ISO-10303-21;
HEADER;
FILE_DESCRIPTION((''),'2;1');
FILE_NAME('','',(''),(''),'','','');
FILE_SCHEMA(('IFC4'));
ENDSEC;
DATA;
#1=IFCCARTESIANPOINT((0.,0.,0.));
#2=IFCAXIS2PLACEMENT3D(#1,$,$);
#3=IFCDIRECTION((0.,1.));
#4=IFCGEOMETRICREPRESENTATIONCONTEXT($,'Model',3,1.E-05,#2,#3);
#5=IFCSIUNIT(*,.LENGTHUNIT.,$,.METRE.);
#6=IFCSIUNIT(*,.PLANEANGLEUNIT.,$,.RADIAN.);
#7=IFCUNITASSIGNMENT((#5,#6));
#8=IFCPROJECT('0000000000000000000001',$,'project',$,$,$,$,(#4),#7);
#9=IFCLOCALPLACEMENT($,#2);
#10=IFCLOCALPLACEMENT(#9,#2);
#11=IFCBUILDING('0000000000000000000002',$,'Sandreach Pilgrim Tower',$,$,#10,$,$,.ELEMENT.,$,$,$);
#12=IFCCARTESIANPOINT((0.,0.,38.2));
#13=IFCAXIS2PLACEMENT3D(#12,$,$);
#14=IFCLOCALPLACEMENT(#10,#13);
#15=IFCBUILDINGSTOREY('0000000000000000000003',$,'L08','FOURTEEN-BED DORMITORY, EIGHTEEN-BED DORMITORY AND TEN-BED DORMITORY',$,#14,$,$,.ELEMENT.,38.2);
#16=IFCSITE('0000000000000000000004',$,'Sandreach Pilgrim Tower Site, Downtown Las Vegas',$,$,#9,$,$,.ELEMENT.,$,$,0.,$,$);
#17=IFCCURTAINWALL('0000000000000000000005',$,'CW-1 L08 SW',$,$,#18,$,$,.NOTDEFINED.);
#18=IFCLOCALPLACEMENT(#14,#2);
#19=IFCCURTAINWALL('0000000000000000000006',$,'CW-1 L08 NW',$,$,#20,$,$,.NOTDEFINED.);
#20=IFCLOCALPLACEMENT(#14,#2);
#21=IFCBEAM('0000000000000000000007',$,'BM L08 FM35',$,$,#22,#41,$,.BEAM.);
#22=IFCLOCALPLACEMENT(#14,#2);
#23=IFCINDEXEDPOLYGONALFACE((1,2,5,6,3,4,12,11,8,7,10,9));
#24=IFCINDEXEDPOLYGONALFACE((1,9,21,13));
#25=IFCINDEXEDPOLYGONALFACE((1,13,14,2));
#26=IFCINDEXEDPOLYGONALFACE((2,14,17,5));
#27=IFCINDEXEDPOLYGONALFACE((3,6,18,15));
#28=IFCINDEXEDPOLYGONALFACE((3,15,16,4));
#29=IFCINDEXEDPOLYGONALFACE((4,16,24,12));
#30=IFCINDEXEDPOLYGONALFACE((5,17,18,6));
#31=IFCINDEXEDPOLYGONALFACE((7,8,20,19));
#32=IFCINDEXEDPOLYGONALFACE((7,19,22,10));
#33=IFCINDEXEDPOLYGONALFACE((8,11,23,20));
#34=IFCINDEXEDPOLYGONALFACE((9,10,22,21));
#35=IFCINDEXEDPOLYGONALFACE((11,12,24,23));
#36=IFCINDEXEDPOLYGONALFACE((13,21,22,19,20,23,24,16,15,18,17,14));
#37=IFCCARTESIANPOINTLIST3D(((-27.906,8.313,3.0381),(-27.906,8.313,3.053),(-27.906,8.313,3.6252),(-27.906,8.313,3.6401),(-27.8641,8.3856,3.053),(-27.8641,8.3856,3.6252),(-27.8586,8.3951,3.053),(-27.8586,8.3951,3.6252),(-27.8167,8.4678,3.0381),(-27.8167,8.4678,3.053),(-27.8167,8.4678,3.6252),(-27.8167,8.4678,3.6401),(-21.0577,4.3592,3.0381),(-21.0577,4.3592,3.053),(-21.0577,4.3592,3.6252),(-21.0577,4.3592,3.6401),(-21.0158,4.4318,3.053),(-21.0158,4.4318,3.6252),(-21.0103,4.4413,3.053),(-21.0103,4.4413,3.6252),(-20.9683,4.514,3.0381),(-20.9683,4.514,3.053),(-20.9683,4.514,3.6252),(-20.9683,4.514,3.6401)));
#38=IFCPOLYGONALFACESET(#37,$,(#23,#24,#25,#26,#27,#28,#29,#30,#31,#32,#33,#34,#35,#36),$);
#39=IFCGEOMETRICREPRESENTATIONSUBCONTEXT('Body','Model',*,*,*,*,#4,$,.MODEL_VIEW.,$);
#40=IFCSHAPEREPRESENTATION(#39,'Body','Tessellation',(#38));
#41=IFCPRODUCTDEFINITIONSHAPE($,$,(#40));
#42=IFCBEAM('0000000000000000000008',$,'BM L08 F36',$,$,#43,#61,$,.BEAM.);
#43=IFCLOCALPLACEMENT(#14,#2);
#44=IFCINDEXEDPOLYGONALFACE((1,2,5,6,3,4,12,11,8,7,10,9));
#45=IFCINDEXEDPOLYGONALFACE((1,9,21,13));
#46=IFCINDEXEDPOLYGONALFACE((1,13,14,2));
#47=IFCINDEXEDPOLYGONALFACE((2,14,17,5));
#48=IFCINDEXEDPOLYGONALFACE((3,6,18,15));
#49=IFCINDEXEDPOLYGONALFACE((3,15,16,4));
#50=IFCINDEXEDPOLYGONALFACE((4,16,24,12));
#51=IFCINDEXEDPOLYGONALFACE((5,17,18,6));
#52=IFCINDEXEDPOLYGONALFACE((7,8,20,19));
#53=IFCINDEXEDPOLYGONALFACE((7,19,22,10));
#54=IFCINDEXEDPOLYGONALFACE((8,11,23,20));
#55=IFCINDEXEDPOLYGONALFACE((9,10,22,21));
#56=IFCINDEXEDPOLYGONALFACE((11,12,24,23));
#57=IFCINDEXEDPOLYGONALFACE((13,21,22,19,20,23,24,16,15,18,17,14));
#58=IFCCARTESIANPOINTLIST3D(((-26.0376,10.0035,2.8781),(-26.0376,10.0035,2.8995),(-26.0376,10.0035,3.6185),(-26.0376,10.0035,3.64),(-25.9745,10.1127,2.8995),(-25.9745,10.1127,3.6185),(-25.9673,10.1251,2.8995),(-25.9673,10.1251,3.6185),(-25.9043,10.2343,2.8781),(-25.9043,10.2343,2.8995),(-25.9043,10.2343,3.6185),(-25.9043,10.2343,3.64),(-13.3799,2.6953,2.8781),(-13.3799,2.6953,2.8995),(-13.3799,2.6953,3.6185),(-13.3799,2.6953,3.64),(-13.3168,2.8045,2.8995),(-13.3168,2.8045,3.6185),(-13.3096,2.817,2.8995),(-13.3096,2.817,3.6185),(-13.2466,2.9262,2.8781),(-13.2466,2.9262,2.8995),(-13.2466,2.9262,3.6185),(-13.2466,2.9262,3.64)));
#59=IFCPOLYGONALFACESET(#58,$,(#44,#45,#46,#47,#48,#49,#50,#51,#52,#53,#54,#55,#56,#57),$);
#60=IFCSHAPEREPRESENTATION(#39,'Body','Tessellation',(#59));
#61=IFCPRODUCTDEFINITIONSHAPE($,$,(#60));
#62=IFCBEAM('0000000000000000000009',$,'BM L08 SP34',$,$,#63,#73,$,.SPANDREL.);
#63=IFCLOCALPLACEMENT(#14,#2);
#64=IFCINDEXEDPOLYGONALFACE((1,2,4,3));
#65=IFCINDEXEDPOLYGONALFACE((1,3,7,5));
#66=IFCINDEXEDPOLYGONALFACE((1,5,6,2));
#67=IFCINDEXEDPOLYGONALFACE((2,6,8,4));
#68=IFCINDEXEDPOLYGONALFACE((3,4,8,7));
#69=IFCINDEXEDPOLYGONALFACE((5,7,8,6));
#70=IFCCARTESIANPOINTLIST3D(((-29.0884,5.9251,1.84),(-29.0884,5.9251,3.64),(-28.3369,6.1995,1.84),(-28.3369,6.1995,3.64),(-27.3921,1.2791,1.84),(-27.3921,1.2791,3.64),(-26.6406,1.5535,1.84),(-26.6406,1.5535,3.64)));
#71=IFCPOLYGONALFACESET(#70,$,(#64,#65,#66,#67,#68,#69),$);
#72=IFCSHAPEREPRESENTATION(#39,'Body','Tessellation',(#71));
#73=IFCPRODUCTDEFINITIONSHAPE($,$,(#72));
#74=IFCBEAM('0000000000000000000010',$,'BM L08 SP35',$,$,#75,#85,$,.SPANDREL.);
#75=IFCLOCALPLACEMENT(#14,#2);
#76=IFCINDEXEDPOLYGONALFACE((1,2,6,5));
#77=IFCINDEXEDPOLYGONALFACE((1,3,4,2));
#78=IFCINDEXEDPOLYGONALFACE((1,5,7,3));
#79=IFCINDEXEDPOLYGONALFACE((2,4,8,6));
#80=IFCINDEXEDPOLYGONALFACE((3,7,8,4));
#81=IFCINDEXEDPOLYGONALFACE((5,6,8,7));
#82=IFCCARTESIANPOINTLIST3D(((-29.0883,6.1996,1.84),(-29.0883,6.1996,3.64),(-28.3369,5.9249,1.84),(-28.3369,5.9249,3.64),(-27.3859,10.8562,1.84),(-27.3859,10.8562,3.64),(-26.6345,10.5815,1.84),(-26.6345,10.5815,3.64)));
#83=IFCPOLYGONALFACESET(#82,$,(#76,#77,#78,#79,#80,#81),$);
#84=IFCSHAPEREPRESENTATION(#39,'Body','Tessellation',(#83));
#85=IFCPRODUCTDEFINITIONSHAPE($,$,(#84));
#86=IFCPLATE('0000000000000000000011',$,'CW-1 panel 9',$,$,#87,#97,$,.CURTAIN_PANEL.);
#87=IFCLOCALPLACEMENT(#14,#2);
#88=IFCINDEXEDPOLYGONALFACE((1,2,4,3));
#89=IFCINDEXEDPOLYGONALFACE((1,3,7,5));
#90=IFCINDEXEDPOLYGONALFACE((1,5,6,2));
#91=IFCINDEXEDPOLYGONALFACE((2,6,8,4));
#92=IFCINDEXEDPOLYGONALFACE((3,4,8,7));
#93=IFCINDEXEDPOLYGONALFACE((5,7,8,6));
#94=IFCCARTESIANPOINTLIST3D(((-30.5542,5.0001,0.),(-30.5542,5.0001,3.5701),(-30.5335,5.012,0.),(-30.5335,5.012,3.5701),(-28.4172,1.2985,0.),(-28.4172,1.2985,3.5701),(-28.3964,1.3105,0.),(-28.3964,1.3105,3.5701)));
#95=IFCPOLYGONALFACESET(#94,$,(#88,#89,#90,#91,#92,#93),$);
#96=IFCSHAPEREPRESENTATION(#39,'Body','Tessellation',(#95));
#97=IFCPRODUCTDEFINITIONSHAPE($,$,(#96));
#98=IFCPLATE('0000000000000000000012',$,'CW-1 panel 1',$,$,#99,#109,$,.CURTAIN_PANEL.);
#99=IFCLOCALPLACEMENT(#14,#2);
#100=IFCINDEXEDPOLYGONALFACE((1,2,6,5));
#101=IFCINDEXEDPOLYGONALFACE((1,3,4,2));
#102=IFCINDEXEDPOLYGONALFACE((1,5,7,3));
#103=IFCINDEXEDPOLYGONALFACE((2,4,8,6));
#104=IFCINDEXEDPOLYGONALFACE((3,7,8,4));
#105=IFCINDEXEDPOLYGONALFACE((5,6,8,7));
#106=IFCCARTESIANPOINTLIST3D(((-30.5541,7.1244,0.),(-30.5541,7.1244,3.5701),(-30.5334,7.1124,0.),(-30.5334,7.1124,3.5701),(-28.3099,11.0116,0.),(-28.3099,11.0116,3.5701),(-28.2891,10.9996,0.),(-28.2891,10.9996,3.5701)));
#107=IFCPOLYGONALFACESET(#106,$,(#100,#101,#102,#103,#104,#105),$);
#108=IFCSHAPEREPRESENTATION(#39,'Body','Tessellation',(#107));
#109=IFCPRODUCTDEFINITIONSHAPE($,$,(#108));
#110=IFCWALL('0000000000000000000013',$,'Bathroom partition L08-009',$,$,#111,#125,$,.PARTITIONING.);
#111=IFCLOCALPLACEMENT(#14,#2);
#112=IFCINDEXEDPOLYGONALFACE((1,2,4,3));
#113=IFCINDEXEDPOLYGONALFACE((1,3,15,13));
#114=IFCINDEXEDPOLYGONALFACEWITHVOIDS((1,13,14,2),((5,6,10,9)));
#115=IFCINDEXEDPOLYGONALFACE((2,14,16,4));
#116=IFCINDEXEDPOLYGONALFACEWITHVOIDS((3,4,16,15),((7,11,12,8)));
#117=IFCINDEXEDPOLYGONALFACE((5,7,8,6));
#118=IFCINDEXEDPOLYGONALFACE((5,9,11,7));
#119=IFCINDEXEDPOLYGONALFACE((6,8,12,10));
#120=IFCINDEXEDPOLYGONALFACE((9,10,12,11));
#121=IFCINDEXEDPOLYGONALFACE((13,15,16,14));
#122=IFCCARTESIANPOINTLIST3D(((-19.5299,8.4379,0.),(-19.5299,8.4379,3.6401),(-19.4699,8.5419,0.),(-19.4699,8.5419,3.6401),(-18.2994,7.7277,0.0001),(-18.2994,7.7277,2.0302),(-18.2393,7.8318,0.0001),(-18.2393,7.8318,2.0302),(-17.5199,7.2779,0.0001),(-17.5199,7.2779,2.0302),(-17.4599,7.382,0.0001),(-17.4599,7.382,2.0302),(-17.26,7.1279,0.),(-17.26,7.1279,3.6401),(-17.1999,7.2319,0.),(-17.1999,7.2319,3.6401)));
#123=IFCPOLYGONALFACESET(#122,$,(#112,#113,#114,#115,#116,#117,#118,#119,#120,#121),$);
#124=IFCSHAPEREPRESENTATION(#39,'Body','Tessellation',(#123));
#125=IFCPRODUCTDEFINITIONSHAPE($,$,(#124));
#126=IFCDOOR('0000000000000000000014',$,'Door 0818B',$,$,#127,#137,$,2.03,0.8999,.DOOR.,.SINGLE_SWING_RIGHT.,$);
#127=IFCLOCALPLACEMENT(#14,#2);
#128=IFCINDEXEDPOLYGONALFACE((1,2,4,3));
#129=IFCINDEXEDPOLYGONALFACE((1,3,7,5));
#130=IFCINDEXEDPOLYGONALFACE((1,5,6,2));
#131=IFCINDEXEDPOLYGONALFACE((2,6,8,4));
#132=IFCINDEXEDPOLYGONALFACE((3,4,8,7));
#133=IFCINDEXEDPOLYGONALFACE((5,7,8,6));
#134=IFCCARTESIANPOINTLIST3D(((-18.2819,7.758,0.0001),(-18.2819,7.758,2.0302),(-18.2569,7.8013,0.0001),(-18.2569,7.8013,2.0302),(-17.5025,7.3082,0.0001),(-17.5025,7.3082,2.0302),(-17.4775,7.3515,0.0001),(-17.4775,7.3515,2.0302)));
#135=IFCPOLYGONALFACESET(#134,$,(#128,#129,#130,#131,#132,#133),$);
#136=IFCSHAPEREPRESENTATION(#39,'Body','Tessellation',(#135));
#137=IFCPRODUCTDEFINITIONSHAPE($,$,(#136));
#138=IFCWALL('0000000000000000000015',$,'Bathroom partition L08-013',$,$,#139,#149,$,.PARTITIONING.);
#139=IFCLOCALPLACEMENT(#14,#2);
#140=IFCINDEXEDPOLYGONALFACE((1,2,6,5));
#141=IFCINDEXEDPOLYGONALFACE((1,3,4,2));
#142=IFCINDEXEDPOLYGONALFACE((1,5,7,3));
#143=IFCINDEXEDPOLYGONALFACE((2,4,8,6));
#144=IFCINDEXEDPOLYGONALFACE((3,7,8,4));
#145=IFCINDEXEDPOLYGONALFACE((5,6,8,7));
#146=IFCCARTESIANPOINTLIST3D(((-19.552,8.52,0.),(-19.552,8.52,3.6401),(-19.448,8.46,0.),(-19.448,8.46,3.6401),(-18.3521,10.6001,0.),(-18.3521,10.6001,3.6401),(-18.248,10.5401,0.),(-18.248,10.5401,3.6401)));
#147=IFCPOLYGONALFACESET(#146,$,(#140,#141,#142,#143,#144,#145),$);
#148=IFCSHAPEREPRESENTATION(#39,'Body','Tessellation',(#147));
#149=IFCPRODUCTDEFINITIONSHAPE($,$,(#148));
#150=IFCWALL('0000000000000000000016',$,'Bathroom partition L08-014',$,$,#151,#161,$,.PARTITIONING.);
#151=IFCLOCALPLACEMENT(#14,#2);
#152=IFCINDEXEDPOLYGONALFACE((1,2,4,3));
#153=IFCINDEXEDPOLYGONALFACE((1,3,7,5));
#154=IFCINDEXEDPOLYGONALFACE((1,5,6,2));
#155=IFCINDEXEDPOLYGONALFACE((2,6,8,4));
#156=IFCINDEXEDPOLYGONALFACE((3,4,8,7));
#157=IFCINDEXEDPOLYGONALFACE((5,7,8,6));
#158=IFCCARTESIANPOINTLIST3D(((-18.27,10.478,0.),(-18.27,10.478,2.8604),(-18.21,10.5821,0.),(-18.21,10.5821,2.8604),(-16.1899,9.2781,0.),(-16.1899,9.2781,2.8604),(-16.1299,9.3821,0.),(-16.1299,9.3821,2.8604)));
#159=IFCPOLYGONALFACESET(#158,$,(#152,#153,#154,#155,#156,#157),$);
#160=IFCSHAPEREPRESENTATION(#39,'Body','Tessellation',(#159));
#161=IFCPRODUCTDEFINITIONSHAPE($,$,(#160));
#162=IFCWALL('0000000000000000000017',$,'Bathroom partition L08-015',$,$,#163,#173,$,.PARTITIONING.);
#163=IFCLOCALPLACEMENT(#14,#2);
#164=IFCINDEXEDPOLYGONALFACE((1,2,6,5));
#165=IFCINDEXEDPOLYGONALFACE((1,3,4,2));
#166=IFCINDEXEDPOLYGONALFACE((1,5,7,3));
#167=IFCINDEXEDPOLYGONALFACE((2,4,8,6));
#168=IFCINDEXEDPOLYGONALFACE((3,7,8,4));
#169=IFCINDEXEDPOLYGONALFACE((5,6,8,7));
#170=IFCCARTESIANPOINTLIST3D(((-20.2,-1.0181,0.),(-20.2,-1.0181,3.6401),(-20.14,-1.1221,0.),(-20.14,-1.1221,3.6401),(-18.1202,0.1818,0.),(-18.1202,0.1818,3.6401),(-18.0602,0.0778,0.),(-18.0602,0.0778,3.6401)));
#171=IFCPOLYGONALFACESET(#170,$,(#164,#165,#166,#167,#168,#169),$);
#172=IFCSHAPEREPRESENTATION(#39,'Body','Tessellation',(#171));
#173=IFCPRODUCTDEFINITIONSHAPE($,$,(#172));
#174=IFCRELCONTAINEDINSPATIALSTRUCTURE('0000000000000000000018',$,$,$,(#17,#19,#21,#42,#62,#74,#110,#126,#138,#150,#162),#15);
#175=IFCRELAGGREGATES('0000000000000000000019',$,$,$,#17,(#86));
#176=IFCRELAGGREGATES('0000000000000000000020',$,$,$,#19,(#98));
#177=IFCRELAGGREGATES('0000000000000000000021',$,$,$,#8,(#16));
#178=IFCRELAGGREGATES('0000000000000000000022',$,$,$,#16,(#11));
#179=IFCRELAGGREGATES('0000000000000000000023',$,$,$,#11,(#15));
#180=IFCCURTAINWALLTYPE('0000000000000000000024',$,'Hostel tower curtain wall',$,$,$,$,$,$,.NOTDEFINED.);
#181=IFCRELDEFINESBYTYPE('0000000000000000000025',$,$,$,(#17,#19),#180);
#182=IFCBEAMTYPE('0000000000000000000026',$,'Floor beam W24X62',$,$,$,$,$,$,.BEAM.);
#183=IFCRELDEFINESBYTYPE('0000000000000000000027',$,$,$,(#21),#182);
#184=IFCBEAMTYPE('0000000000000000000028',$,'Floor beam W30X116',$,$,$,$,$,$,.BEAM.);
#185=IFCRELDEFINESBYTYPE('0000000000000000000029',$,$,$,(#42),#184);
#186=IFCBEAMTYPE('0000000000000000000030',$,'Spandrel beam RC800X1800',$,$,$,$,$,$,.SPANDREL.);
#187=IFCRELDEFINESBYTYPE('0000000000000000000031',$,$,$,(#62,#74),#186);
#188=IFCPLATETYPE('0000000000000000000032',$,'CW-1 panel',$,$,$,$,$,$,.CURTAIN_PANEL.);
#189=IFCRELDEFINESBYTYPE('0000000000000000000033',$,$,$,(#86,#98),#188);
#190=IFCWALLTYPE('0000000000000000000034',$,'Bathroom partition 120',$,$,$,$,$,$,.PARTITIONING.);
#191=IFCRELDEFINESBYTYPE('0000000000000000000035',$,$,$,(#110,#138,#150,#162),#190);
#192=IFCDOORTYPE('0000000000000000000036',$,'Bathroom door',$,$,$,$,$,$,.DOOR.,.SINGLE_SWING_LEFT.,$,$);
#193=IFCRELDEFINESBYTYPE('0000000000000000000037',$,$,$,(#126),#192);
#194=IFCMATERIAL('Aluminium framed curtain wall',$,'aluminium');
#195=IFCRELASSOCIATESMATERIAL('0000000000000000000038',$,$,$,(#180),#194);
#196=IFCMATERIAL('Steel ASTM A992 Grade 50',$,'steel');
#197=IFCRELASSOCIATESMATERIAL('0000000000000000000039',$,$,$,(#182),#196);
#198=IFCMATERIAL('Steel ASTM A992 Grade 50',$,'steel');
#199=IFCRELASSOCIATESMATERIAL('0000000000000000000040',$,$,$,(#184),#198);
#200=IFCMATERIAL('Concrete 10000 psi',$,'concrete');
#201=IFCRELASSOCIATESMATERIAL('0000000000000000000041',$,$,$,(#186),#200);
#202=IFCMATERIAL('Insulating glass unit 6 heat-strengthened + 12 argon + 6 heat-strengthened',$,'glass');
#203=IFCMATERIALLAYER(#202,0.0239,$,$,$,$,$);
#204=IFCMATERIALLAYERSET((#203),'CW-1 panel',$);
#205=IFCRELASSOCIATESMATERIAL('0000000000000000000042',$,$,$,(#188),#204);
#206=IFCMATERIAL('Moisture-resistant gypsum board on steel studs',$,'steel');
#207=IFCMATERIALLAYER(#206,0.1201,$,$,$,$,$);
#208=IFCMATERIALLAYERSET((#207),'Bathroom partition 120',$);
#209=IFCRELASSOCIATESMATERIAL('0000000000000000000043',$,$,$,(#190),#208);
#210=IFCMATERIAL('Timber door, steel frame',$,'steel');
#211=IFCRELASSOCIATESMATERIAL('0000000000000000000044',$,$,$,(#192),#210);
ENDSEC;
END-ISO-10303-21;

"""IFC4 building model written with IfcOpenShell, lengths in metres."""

from ifc_helpers import new_model, si_unit, direction, frame, frame_2d, origin, origin_2d, place, context, subcontext, project, spatial, rectangle, i_section, extrude, material, layer, layer_set, material_profile, profile_set, type_object, element, fill, aggregate, save


model = new_model("IFC4")

# Units and contexts
model_context = context("Model", 3, precision=1e-05, world=origin(), true_north=direction((0.0, 1.0)))
body_context = subcontext(model_context, "Body", "Model", "MODEL_VIEW")
ifc_project = project(units=[si_unit("LENGTHUNIT", "METRE"), si_unit("PLANEANGLEUNIT", "RADIAN")], contexts=[model_context])

# Site, building, storey
site_placement = place(None, origin())
site = spatial("IfcSite", under=ifc_project, at=site_placement, Name="Sandreach Pilgrim Tower Site, Downtown Las Vegas", CompositionType="ELEMENT", RefElevation=0.0)
building_placement = place(site_placement, origin())
building = spatial("IfcBuilding", under=site, at=building_placement, Name="Sandreach Pilgrim Tower", CompositionType="ELEMENT")
storey_placement = place(building_placement, frame((0.0, 0.0, 38.2)))
storey = spatial("IfcBuildingStorey", under=building, at=storey_placement, Name="L08", Description="FOURTEEN-BED DORMITORY, EIGHTEEN-BED DORMITORY AND TEN-BED DORMITORY", CompositionType="ELEMENT", Elevation=38.2)

# Curtain wall
ifc_material_1 = material(Name="Aluminium framed curtain wall", Category="aluminium")
curtain_wall_type = type_object("IfcCurtainWallType", Name="Hostel tower curtain wall", PredefinedType="NOTDEFINED", material=ifc_material_1)
curtain_wall_1_placement = place(storey_placement, origin())
curtain_wall_1 = element("IfcCurtainWall", 1, at=curtain_wall_1_placement, inside=storey, type_object=curtain_wall_type, Name="CW-1 L08 SW", PredefinedType="NOTDEFINED")

# Curtain wall
curtain_wall_2_placement = place(storey_placement, origin())
curtain_wall_2 = element("IfcCurtainWall", 2, at=curtain_wall_2_placement, inside=storey, type_object=curtain_wall_type, Name="CW-1 L08 NW", PredefinedType="NOTDEFINED")

# Beams
ifc_material_2 = material(Name="Steel ASTM A992 Grade 50", Category="steel")
ifc_material_profile_1 = material_profile(ifc_material_2, i_section(OverallWidth=0.1787, OverallDepth=0.6021, WebThickness=0.011, FlangeThickness=0.0149, at=origin_2d()), Name="W24X62")
ifc_profile_set_1 = profile_set([ifc_material_profile_1], Name="Steel ASTM A992 Grade 50")
beam_type_1 = type_object("IfcBeamType", Name="Floor beam W24X62", PredefinedType="BEAM", material=ifc_profile_set_1)
beam_1_placement = place(storey_placement, frame((-27.8613, 8.3904, 3.3391), z_axis=(0.866029, -0.499994, 0.0), x_axis=(0.499994, 0.866029, 0.0)))
element("IfcBeam", 3, at=beam_1_placement, inside=storey, type_object=beam_type_1, Name="BM L08 FM35", PredefinedType="BEAM", context=body_context, shape_type="SweptSolid", body=[
    extrude(i_section(OverallWidth=0.1787, OverallDepth=0.6021, WebThickness=0.011, FlangeThickness=0.0149, at=origin_2d()), origin(), (0.0, 0.0, 1.0), 7.9077),
])
ifc_material_3 = material(Name="Steel ASTM A992 Grade 50", Category="steel")
ifc_material_profile_2 = material_profile(ifc_material_3, i_section(OverallWidth=0.2666, OverallDepth=0.762, WebThickness=0.0144, FlangeThickness=0.0215, at=origin_2d()), Name="W30X116")
ifc_profile_set_2 = profile_set([ifc_material_profile_2], Name="Steel ASTM A992 Grade 50")
beam_type_2 = type_object("IfcBeamType", Name="Floor beam W30X116", PredefinedType="BEAM", material=ifc_profile_set_2)
beam_2_placement = place(storey_placement, frame((-25.9709, 10.1189, 3.259), z_axis=(0.86602, -0.500009, 0.0), x_axis=(0.500009, 0.86602, 0.0)))
element("IfcBeam", 4, at=beam_2_placement, inside=storey, type_object=beam_type_2, Name="BM L08 F36", PredefinedType="BEAM", context=body_context, shape_type="SweptSolid", body=[
    extrude(i_section(OverallWidth=0.2666, OverallDepth=0.762, WebThickness=0.0144, FlangeThickness=0.0215, at=origin_2d()), origin(), (0.0, 0.0, 1.0), 14.616),
])
ifc_material_4 = material(Name="Concrete 10000 psi", Category="concrete")
ifc_material_profile_3 = material_profile(ifc_material_4, rectangle(XDim=0.8, YDim=1.8, at=origin_2d()), Name="RC800X1800")
ifc_profile_set_3 = profile_set([ifc_material_profile_3], Name="Concrete 10000 psi")
beam_type_3 = type_object("IfcBeamType", Name="Spandrel beam RC800X1800", PredefinedType="SPANDREL", material=ifc_profile_set_3)
beam_3_placement = place(storey_placement, frame((-27.0164, 1.4163, 2.74), z_axis=(-0.342963, 0.939349, 0.0), x_axis=(-0.939349, -0.342963, 0.0)))
element("IfcBeam", 5, at=beam_3_placement, inside=storey, type_object=beam_type_3, Name="BM L08 SP34", PredefinedType="SPANDREL", context=body_context, shape_type="SweptSolid", body=[
    extrude(rectangle(XDim=0.8, YDim=1.8, at=origin_2d()), origin(), (0.0, 0.0, 1.0), 4.946),
])
beam_4_placement = place(storey_placement, frame((-28.7126, 6.0623, 2.74), z_axis=(0.343368, 0.939201, 0.0), x_axis=(-0.939201, 0.343368, 0.0)))
element("IfcBeam", 6, at=beam_4_placement, inside=storey, type_object=beam_type_3, Name="BM L08 SP35", PredefinedType="SPANDREL", context=body_context, shape_type="SweptSolid", body=[
    extrude(rectangle(XDim=0.8, YDim=1.8, at=origin_2d()), origin(), (0.0, 0.0, 1.0), 4.958),
])

# Plates
ifc_material_5 = material(Name="Insulating glass unit 6 heat-strengthened + 12 argon + 6 heat-strengthened", Category="glass")
ifc_layer_1 = layer(ifc_material_5, 0.0239)
ifc_layer_set_1 = layer_set([ifc_layer_1], Name="CW-1 panel")
plate_type = type_object("IfcPlateType", Name="CW-1 panel", PredefinedType="CURTAIN_PANEL", material=ifc_layer_set_1)
plate_1_placement = place(storey_placement, frame((-29.4753, 3.1553, 0.0), z_axis=(0.0, 0.0, 1.0), x_axis=(-0.5, 0.866025, 0.0)))
plate_1 = element("IfcPlate", 7, at=plate_1_placement, type_object=plate_type, Name="CW-1 panel 9", PredefinedType="CURTAIN_PANEL", context=body_context, shape_type="SweptSolid", body=[
    extrude(rectangle(XDim=4.2742, YDim=0.0239, at=origin_2d()), origin(), (0.0, 0.0, 1.0), 3.5701),
])
aggregate(curtain_wall_1, [plate_1])
plate_2_placement = place(storey_placement, frame((-29.4216, 9.062, 0.0), z_axis=(0.0, 0.0, 1.0), x_axis=(0.5, 0.866025, 0.0)))
plate_2 = element("IfcPlate", 8, at=plate_2_placement, type_object=plate_type, Name="CW-1 panel 1", PredefinedType="CURTAIN_PANEL", context=body_context, shape_type="SweptSolid", body=[
    extrude(rectangle(XDim=4.4885, YDim=0.0239, at=origin_2d()), origin(), (0.0, 0.0, 1.0), 3.5701),
])
aggregate(curtain_wall_2, [plate_2])

# Wall, opening, door
ifc_material_6 = material(Name="Moisture-resistant gypsum board on steel studs", Category="steel")
ifc_layer_2 = layer(ifc_material_6, 0.1201)
ifc_layer_set_2 = layer_set([ifc_layer_2], Name="Bathroom partition 120")
wall_type_1 = type_object("IfcWallType", Name="Bathroom partition 120", PredefinedType="PARTITIONING", material=ifc_layer_set_2)
wall_1_placement = place(storey_placement, frame((-19.5, 8.49, 0.0), z_axis=(0.0, 0.0, 1.0), x_axis=(0.866114, -0.499846, 0.0)))
wall_1 = element("IfcWall", 9, at=wall_1_placement, inside=storey, type_object=wall_type_1, Name="Bathroom partition L08-009", PredefinedType="PARTITIONING", context=body_context, shape_type="SweptSolid", body=[
    extrude(rectangle(XDim=2.6208, YDim=0.1201, at=frame_2d((1.3105, 0.0))), origin(), (0.0, 0.0, 1.0), 3.6401),
])
opening_1_placement = place(wall_1_placement, frame((1.4209, 0.0, 0.0)))
opening_1 = element("IfcOpeningElement", 10, at=opening_1_placement, cuts=wall_1, PredefinedType="OPENING", context=body_context, shape_type="SweptSolid", body=[
    extrude(rectangle(XDim=0.8999, YDim=2.03, at=frame_2d((0.45, 1.0151))), frame((0.0, 0.0601, 0.0), z_axis=(0.0, -1.0, 0.0), x_axis=(1.0, 0.0, 0.0)), (0.0, 0.0, 1.0), 0.1201),
])
ifc_material_7 = material(Name="Timber door, steel frame", Category="steel")
door_type_1 = type_object("IfcDoorType", Name="Bathroom door", OperationType="SINGLE_SWING_LEFT", PredefinedType="DOOR", material=ifc_material_7)
door_1_placement = place(opening_1_placement, origin())
door_1 = element("IfcDoor", 11, at=door_1_placement, inside=storey, type_object=door_type_1, Name="Door 0818B", OperationType="SINGLE_SWING_RIGHT", OverallHeight=2.03, OverallWidth=0.8999, PredefinedType="DOOR", context=body_context, shape_type="SweptSolid", body=[
    extrude(rectangle(XDim=0.8999, YDim=2.03, at=frame_2d((0.45, 1.0151))), frame((0.0, 0.0249, 0.0), z_axis=(0.0, -1.0, 0.0), x_axis=(1.0, 0.0, 0.0)), (0.0, 0.0, 1.0), 0.05),
])
fill(opening_1, door_1)

# Walls
wall_2_placement = place(storey_placement, frame((-18.3, 10.5701, 0.0), z_axis=(0.0, 0.0, 1.0), x_axis=(-0.499693, -0.866203, 0.0)))
element("IfcWall", 12, at=wall_2_placement, inside=storey, type_object=wall_type_1, Name="Bathroom partition L08-013", PredefinedType="PARTITIONING", context=body_context, shape_type="SweptSolid", body=[
    extrude(rectangle(XDim=2.4014, YDim=0.1201, at=frame_2d((1.2007, 0.0))), origin(), (0.0, 0.0, 1.0), 3.6401),
])
wall_3_placement = place(storey_placement, frame((-18.24, 10.53, 0.0), z_axis=(0.0, 0.0, 1.0), x_axis=(0.866203, -0.499693, 0.0)))
element("IfcWall", 13, at=wall_3_placement, inside=storey, type_object=wall_type_1, Name="Bathroom partition L08-014", PredefinedType="PARTITIONING", context=body_context, shape_type="SweptSolid", body=[
    extrude(rectangle(XDim=2.4014, YDim=0.1201, at=frame_2d((1.2007, 0.0))), origin(), (0.0, 0.0, 1.0), 2.8604),
])
wall_4_placement = place(storey_placement, frame((-18.0901, 0.1299, 0.0), z_axis=(0.0, 0.0, 1.0), x_axis=(-0.866177, -0.499737, 0.0)))
element("IfcWall", 14, at=wall_4_placement, inside=storey, type_object=wall_type_1, Name="Bathroom partition L08-015", PredefinedType="PARTITIONING", context=body_context, shape_type="SweptSolid", body=[
    extrude(rectangle(XDim=2.4011, YDim=0.1201, at=frame_2d((1.2007, 0.0))), origin(), (0.0, 0.0, 1.0), 3.6401),
])

save(model, "model.ifc")
